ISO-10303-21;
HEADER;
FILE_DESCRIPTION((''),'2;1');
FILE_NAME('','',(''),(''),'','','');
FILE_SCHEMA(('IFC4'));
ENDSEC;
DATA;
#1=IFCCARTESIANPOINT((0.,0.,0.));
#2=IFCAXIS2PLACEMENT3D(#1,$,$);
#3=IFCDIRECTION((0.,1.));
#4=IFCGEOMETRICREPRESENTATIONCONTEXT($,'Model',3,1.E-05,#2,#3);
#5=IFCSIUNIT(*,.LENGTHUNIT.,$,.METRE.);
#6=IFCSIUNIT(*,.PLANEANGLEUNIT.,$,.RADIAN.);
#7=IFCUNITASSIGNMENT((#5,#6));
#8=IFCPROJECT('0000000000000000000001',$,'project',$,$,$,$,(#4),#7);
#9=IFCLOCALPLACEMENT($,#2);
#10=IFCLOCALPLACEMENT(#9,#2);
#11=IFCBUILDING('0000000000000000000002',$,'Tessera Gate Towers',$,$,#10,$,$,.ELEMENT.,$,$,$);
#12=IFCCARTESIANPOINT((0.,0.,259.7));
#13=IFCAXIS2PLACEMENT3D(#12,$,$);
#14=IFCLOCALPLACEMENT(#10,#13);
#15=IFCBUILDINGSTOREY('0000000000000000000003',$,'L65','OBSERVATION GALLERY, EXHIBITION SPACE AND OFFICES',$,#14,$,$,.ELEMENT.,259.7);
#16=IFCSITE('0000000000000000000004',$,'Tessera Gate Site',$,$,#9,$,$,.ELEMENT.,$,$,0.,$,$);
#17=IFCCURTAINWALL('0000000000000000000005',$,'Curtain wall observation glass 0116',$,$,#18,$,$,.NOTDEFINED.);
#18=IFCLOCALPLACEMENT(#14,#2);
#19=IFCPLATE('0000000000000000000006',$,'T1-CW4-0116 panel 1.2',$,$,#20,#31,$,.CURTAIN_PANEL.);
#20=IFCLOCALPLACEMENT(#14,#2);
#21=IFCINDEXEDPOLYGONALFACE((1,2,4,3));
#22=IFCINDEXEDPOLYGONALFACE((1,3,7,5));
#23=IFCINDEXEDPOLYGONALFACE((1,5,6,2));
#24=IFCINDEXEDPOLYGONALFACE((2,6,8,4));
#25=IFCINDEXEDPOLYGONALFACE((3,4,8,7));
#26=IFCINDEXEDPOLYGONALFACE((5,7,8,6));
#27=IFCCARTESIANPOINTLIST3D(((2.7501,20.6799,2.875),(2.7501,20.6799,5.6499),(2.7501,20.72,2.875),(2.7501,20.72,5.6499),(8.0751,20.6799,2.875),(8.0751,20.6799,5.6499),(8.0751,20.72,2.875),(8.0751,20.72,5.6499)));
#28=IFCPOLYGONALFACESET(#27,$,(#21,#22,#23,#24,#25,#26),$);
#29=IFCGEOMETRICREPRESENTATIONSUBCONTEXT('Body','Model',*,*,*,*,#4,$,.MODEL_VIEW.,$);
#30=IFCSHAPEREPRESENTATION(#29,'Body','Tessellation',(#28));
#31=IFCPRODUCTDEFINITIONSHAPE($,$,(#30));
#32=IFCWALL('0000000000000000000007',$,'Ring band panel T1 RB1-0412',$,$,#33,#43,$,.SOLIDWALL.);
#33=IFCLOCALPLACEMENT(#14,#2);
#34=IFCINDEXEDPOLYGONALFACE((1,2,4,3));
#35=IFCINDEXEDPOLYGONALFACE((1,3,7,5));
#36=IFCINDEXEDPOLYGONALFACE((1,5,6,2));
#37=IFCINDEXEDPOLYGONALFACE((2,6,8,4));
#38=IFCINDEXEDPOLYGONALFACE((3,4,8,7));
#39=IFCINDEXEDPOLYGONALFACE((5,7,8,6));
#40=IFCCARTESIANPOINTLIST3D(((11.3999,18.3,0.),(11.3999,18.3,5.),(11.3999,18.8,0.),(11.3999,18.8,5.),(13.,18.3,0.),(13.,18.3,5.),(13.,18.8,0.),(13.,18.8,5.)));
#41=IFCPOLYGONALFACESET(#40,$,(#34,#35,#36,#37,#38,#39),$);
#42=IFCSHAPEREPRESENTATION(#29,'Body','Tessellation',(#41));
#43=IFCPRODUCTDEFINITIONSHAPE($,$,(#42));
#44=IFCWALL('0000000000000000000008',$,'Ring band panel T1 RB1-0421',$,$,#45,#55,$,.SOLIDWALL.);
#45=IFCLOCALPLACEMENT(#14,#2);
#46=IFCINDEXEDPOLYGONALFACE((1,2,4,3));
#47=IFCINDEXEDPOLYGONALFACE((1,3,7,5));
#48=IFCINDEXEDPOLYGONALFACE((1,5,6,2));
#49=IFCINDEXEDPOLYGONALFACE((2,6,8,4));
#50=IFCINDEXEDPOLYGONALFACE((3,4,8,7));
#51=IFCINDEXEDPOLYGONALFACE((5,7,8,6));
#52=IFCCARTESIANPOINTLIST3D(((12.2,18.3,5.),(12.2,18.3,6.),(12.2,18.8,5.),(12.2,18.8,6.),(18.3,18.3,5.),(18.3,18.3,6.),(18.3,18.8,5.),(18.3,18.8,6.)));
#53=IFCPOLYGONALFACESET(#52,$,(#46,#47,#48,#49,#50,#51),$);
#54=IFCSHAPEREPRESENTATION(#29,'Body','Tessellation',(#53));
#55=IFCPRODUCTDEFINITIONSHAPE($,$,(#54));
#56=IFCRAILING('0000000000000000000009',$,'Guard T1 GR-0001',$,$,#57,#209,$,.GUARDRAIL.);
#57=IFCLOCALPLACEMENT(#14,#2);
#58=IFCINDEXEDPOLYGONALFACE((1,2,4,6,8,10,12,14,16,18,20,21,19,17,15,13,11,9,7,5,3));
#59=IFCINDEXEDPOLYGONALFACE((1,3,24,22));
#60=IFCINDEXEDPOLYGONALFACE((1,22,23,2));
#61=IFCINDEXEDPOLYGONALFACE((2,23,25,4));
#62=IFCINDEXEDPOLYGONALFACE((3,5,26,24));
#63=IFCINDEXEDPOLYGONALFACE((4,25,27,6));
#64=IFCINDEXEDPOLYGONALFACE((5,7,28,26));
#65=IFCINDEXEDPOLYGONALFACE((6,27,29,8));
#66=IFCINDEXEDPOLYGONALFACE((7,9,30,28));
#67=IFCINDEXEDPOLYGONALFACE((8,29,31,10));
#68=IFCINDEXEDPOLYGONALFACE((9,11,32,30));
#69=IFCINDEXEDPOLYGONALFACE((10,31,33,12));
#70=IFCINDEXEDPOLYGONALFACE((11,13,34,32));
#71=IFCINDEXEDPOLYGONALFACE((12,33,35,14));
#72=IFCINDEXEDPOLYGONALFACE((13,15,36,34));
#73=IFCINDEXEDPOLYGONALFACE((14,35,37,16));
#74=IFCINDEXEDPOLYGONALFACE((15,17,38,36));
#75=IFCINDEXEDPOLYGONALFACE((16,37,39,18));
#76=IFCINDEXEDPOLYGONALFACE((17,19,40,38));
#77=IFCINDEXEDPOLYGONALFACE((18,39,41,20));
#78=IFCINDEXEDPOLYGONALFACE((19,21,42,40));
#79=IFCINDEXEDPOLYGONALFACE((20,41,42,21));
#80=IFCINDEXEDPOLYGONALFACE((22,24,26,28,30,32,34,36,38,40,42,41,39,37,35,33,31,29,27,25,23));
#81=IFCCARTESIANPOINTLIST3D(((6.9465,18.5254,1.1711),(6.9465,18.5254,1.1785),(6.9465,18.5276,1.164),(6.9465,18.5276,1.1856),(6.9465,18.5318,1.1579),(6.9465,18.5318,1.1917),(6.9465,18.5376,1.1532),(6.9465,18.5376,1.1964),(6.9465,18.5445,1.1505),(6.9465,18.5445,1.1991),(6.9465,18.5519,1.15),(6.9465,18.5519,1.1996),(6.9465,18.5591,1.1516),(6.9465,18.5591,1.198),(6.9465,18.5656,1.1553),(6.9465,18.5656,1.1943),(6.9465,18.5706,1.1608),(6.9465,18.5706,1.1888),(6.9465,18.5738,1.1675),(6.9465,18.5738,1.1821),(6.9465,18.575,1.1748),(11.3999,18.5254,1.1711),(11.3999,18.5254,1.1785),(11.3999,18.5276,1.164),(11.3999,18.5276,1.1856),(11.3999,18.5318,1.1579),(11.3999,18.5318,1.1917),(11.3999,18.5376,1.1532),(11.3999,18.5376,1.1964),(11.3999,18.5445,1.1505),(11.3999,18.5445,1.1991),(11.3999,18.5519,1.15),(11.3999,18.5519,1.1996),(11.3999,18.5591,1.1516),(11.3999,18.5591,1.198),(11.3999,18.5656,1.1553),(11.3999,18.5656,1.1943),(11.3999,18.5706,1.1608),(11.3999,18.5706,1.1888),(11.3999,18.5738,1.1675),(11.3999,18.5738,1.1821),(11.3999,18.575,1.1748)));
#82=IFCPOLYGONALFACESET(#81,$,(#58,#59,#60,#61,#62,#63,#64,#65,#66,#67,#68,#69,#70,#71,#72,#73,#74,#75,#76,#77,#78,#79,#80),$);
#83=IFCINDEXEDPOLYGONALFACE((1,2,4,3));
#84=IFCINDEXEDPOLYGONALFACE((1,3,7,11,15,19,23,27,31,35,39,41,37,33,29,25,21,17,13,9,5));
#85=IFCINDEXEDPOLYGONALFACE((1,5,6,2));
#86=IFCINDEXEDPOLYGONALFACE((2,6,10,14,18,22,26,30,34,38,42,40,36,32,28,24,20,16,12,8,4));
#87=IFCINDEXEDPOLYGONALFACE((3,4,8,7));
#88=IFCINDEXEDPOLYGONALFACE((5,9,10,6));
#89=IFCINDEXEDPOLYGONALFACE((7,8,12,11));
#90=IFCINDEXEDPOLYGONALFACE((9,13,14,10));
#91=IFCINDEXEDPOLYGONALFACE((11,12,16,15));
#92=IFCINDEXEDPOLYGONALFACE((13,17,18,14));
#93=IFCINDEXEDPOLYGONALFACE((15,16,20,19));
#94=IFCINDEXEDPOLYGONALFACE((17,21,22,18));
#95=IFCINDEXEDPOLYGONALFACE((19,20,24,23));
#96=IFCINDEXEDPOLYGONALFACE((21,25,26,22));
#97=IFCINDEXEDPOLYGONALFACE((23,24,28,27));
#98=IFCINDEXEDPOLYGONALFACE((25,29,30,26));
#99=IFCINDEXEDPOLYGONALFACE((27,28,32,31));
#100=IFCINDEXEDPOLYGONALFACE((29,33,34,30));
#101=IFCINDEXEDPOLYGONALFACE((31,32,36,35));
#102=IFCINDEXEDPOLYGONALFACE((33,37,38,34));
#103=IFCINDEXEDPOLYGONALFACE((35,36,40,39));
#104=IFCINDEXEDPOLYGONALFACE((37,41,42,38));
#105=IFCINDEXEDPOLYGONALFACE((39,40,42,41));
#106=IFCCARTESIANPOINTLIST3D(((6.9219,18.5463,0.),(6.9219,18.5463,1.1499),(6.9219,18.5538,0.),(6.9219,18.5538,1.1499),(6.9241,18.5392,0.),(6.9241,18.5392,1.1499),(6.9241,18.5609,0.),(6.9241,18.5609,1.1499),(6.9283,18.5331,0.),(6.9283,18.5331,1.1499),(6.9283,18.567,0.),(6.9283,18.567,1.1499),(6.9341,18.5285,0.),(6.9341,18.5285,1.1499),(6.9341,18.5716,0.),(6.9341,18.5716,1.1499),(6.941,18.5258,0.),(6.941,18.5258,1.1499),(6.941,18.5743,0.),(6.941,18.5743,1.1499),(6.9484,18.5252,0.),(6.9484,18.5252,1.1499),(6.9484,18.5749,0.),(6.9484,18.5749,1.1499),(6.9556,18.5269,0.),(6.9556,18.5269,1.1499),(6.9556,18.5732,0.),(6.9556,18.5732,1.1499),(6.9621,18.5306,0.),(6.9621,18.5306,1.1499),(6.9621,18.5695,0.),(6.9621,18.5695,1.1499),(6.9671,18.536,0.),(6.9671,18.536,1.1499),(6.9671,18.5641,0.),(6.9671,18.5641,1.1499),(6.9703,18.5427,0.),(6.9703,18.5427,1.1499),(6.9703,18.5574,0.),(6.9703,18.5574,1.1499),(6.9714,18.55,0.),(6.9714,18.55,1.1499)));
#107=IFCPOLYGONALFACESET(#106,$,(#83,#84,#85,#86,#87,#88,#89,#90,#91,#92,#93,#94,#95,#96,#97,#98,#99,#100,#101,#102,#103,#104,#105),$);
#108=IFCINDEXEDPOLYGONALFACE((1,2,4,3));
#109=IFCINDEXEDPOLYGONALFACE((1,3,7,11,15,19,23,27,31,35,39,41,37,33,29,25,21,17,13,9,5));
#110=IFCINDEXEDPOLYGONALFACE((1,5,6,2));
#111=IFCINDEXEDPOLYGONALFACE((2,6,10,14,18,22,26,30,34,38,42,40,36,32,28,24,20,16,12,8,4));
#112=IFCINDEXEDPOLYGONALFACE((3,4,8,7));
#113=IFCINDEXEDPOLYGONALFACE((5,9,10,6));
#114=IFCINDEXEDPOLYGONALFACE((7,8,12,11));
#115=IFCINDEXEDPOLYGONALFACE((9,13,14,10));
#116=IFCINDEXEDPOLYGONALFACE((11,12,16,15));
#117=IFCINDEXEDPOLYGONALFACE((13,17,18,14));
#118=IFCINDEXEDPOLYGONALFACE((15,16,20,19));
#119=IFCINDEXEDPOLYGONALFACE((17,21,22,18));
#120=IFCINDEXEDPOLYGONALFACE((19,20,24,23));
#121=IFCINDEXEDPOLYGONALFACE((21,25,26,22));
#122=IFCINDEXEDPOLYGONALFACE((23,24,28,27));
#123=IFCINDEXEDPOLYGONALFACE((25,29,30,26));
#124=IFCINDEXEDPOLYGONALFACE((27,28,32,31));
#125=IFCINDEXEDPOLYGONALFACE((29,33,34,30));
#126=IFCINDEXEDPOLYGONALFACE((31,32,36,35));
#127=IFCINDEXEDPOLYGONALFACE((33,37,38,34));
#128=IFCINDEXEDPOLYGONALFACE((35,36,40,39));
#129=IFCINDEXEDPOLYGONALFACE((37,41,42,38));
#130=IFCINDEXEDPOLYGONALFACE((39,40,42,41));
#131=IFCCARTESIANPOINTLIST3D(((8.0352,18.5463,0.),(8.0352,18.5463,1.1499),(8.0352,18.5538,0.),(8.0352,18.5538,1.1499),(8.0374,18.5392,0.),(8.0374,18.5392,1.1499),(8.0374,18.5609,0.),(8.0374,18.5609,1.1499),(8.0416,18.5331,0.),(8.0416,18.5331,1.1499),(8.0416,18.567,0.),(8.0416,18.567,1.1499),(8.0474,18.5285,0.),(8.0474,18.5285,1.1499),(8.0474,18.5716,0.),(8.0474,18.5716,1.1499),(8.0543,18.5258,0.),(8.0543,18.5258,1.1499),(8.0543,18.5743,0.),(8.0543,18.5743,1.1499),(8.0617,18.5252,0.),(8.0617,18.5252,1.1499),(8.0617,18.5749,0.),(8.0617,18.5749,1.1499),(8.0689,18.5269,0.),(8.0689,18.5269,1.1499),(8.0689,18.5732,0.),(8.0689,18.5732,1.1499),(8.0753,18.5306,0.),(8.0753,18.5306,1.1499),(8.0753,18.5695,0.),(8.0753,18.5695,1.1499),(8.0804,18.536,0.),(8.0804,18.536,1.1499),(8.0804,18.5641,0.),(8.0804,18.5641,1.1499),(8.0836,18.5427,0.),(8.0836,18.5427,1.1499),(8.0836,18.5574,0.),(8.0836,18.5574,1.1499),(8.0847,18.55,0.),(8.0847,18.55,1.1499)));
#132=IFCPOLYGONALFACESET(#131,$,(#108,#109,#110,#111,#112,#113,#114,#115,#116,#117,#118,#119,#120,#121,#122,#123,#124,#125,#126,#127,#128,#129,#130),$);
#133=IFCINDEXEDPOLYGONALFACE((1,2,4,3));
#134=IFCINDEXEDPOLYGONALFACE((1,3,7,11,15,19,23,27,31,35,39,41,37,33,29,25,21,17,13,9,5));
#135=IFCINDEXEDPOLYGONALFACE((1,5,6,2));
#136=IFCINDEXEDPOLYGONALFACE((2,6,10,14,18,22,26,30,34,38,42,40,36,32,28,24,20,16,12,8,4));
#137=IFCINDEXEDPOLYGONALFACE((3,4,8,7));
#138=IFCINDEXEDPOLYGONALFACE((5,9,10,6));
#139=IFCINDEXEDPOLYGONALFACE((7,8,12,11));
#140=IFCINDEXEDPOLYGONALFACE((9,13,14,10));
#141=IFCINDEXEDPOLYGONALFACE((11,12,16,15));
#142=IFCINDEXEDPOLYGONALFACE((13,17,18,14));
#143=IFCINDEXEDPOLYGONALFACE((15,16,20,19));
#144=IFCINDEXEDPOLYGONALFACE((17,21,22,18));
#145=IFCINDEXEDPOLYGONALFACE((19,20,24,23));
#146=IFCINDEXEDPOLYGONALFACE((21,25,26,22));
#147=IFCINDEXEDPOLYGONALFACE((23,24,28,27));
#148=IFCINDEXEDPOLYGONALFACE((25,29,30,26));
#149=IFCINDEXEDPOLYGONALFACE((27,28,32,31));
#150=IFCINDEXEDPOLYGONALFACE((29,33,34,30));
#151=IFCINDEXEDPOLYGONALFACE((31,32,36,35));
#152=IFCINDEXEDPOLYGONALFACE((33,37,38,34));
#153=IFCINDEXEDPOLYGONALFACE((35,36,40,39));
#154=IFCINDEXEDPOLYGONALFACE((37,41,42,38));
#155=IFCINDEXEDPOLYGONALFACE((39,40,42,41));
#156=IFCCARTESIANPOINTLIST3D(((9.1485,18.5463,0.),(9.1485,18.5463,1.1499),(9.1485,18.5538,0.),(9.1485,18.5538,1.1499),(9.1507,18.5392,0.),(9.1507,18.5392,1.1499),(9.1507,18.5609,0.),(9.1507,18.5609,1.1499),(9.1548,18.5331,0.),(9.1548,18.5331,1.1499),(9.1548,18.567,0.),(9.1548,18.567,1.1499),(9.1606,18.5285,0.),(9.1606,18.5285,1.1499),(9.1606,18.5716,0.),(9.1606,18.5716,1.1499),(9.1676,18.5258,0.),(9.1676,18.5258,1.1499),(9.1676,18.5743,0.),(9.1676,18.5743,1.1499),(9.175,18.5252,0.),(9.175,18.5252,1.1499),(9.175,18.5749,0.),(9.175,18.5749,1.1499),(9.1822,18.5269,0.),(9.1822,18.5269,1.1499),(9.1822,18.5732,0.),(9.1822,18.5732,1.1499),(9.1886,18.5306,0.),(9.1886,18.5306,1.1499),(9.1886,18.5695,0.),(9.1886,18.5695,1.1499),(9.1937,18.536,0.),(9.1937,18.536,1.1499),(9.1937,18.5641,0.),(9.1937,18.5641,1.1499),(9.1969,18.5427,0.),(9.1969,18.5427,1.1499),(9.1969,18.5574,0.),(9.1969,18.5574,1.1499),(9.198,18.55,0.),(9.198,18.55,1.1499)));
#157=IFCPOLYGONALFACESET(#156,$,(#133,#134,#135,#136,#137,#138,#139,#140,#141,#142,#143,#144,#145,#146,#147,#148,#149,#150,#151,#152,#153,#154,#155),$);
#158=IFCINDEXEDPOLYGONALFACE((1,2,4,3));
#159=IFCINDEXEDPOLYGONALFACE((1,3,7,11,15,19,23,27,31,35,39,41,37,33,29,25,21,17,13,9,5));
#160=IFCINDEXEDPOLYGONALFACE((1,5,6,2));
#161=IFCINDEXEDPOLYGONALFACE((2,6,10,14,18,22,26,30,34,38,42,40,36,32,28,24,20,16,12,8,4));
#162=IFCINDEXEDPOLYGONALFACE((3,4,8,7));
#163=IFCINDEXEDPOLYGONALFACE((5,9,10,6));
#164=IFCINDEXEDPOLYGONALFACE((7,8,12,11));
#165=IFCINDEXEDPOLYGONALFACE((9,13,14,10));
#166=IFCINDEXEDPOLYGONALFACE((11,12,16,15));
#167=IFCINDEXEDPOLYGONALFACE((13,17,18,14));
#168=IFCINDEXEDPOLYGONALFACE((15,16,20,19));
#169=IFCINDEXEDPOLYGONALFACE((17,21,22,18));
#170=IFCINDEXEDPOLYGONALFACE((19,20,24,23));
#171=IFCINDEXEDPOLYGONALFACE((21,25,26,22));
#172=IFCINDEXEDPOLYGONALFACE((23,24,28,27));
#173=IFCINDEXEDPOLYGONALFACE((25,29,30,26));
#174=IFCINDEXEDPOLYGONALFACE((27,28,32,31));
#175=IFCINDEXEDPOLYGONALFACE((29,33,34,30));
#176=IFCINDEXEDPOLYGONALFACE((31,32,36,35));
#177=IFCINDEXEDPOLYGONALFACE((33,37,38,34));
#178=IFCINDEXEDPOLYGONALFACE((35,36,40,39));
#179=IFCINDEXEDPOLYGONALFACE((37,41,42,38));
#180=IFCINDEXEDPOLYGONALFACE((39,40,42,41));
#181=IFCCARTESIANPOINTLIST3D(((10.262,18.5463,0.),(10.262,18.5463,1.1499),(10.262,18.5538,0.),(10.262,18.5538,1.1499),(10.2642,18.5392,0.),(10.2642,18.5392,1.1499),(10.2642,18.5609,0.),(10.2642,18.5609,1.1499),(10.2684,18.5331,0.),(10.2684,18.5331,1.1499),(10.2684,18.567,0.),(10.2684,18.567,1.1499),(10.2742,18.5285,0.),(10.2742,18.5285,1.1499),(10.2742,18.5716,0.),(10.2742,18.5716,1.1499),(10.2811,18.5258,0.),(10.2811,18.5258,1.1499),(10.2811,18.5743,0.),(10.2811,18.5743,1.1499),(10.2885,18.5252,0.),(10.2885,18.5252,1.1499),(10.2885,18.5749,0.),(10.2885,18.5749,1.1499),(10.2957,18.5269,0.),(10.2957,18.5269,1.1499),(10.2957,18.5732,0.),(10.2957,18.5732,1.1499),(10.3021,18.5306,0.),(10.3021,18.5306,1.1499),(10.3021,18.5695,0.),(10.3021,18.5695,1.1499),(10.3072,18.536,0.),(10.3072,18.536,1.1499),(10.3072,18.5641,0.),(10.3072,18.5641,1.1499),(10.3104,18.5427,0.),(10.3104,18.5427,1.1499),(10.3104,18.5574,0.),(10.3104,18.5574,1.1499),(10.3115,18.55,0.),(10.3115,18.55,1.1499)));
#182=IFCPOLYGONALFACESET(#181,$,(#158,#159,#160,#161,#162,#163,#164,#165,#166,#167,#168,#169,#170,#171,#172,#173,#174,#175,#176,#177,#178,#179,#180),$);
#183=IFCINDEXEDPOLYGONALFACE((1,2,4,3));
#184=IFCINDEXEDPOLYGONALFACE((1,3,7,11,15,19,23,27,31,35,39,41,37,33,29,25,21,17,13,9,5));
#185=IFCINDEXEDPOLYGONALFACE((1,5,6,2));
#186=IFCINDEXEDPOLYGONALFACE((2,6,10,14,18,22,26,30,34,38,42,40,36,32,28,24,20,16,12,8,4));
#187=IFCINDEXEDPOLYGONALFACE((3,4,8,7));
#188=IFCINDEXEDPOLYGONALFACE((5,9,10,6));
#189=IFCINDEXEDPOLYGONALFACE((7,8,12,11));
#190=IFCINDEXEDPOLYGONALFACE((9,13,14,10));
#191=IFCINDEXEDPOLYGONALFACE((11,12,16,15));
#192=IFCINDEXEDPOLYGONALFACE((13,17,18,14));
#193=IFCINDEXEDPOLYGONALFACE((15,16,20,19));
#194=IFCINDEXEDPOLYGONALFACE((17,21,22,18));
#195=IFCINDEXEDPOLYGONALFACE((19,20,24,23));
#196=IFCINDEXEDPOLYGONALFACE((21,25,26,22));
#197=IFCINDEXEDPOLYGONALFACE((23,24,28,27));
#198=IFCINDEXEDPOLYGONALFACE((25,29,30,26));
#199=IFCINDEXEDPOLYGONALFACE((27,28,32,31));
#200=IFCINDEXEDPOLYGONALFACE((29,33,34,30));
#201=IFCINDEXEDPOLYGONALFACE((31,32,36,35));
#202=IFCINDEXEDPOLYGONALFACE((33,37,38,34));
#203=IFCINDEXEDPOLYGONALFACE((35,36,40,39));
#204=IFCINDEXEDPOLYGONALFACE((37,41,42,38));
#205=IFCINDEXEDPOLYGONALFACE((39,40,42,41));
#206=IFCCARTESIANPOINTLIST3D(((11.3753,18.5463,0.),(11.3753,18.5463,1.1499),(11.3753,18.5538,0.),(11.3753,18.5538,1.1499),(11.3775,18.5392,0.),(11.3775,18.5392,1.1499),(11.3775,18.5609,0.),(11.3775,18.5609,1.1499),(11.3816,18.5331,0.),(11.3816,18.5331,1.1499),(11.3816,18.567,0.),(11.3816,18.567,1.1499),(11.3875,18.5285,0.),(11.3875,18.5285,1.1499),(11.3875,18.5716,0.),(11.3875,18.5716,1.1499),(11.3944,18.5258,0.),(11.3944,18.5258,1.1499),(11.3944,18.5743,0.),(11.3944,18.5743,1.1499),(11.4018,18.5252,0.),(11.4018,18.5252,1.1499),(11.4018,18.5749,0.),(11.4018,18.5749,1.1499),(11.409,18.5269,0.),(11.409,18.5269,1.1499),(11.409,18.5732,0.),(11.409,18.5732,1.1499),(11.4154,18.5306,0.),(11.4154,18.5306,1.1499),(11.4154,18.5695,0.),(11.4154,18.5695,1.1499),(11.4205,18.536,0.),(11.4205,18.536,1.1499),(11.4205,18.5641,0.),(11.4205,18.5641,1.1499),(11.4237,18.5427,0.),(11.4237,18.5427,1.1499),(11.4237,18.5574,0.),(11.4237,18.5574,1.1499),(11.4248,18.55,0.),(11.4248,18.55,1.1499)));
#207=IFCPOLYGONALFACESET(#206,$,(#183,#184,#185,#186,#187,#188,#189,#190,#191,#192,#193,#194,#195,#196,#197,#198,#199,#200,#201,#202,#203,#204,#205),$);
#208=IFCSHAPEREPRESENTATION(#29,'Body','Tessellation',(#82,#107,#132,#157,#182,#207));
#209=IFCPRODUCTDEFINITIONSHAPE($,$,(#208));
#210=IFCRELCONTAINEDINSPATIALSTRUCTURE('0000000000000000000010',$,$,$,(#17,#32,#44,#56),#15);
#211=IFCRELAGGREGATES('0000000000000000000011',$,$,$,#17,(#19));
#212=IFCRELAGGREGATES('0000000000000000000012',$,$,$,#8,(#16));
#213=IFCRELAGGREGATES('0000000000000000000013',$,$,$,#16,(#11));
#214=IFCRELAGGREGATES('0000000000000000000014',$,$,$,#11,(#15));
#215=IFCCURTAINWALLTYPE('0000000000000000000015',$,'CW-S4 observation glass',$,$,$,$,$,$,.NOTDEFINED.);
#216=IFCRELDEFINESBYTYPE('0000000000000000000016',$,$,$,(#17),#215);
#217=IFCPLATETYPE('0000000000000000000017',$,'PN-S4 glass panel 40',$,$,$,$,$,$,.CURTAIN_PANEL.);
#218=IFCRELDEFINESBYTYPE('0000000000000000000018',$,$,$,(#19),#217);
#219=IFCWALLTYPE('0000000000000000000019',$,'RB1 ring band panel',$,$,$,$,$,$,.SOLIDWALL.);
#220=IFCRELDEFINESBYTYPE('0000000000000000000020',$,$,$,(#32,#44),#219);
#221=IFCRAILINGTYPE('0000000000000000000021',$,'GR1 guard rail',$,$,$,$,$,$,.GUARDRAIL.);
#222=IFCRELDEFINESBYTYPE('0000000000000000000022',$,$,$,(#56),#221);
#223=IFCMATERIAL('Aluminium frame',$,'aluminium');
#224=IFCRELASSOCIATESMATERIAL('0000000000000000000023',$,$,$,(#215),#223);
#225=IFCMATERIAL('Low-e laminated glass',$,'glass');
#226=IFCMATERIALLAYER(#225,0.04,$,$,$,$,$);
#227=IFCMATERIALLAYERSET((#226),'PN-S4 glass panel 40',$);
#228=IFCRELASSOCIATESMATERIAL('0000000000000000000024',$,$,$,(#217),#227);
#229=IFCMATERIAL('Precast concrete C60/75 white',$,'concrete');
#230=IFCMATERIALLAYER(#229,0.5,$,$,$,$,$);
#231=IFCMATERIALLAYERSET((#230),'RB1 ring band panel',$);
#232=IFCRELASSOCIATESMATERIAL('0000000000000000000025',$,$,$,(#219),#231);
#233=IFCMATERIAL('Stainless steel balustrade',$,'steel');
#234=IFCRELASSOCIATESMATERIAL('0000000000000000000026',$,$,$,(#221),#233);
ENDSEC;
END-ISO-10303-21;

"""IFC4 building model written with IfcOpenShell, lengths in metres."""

from ifc_helpers import new_model, si_unit, direction, frame, origin, origin_2d, place, context, subcontext, project, spatial, polyline, rectangle, circle, outline, extrude, source, transform, mapped, material, layer, layer_set, type_object, element, aggregate, save


model = new_model("IFC4")

# Units and contexts
model_context = context("Model", 3, precision=1e-05, world=origin(), true_north=direction((0.0, 1.0)))
body_context = subcontext(model_context, "Body", "Model", "MODEL_VIEW")
ifc_project = project(units=[si_unit("LENGTHUNIT", "METRE"), si_unit("PLANEANGLEUNIT", "RADIAN")], contexts=[model_context])

# Site, building, storey
site_placement = place(None, origin())
site = spatial("IfcSite", under=ifc_project, at=site_placement, Name="Tessera Gate Site", CompositionType="ELEMENT", RefElevation=0.0)
building_placement = place(site_placement, origin())
building = spatial("IfcBuilding", under=site, at=building_placement, Name="Tessera Gate Towers", CompositionType="ELEMENT")
storey_placement = place(building_placement, frame((0.0, 0.0, 259.7)))
storey = spatial("IfcBuildingStorey", under=building, at=storey_placement, Name="L65", Description="OBSERVATION GALLERY, EXHIBITION SPACE AND OFFICES", CompositionType="ELEMENT", Elevation=259.7)

# Curtain wall
ifc_material_1 = material(Name="Aluminium frame", Category="aluminium")
curtain_wall_type = type_object("IfcCurtainWallType", Name="CW-S4 observation glass", PredefinedType="NOTDEFINED", material=ifc_material_1)
curtain_wall_placement = place(storey_placement, origin())
curtain_wall = element("IfcCurtainWall", 1, at=curtain_wall_placement, inside=storey, type_object=curtain_wall_type, Name="Curtain wall observation glass 0116", PredefinedType="NOTDEFINED")

# Plate
ifc_material_2 = material(Name="Low-e laminated glass", Category="glass")
ifc_layer_1 = layer(ifc_material_2, 0.04)
ifc_layer_set_1 = layer_set([ifc_layer_1], Name="PN-S4 glass panel 40")
plate_type = type_object("IfcPlateType", Name="PN-S4 glass panel 40", PredefinedType="CURTAIN_PANEL", material=ifc_layer_set_1)
plate_1_placement = place(storey_placement, frame((5.4126, 20.7, 2.875), z_axis=(0.0, 0.0, 1.0), x_axis=(1.0, 0.0, 0.0)))
plate_1 = element("IfcPlate", 2, at=plate_1_placement, type_object=plate_type, Name="T1-CW4-0116 panel 1.2", PredefinedType="CURTAIN_PANEL", context=body_context, shape_type="SweptSolid", body=[
    extrude(rectangle(XDim=5.325, YDim=0.04, at=origin_2d()), origin(), (0.0, 0.0, 1.0), 2.7749),
])
aggregate(curtain_wall, [plate_1])

# Walls
ifc_material_3 = material(Name="Precast concrete C60/75 white", Category="concrete")
ifc_layer_2 = layer(ifc_material_3, 0.5)
ifc_layer_set_2 = layer_set([ifc_layer_2], Name="RB1 ring band panel")
wall_type = type_object("IfcWallType", Name="RB1 ring band panel", PredefinedType="SOLIDWALL", material=ifc_layer_set_2)
shared_shape_1 = source(origin(), body_context, "Body", "SweptSolid", [
    extrude(outline(polyline([(0.0, 0.0), (1.6001, 0.0), (1.6001, 5.0), (0.0, 5.0), (0.0, 0.0)])), frame((0.0, 0.25, 0.0), z_axis=(0.0, -1.0, 0.0), x_axis=(1.0, 0.0, 0.0)), (0.0, 0.0, 1.0), 0.5),
])
wall_1_placement = place(storey_placement, frame((11.3999, 18.55, 0.0), z_axis=(0.0, 0.0, 1.0), x_axis=(1.0, 0.0, 0.0)))
element("IfcWall", 3, at=wall_1_placement, inside=storey, type_object=wall_type, Name="Ring band panel T1 RB1-0412", PredefinedType="SOLIDWALL", context=body_context, shape_type="MappedRepresentation", body=[
    mapped(shared_shape_1, transform((0.0, 0.0, 0.0), scale=1.0)),
])
shared_shape_2 = source(origin(), body_context, "Body", "SweptSolid", [
    extrude(outline(polyline([(0.0, 0.0), (6.1001, 0.0), (6.1001, 1.0), (0.0, 1.0), (0.0, 0.0)])), frame((0.0, 0.25, 0.0), z_axis=(0.0, -1.0, 0.0), x_axis=(1.0, 0.0, 0.0)), (0.0, 0.0, 1.0), 0.5),
])
wall_2_placement = place(storey_placement, frame((12.2, 18.55, 5.0), z_axis=(0.0, 0.0, 1.0), x_axis=(1.0, 0.0, 0.0)))
element("IfcWall", 4, at=wall_2_placement, inside=storey, type_object=wall_type, Name="Ring band panel T1 RB1-0421", PredefinedType="SOLIDWALL", context=body_context, shape_type="MappedRepresentation", body=[
    mapped(shared_shape_2, transform((0.0, 0.0, 0.0), scale=1.0)),
])

# Railing
ifc_material_4 = material(Name="Stainless steel balustrade", Category="steel")
railing_type = type_object("IfcRailingType", Name="GR1 guard rail", PredefinedType="GUARDRAIL", material=ifc_material_4)
railing_1_placement = place(storey_placement, frame((6.9465, 18.55, 0.0)))
element("IfcRailing", 5, at=railing_1_placement, inside=storey, type_object=railing_type, Name="Guard T1 GR-0001", PredefinedType="GUARDRAIL", context=body_context, shape_type="SweptSolid", body=[
    extrude(circle(Radius=0.0249, at=origin_2d()), frame((0.0, 0.0, 1.1748), z_axis=(1.0, 0.0, 0.0), x_axis=(0.0, 1.0, 0.0)), (0.0, 0.0, 1.0), 4.4534),
    extrude(circle(Radius=0.0249, at=origin_2d()), origin(), (0.0, 0.0, 1.0), 1.1499),
    extrude(circle(Radius=0.0249, at=origin_2d()), frame((1.1133, 0.0, 0.0)), (0.0, 0.0, 1.0), 1.1499),
    extrude(circle(Radius=0.0249, at=origin_2d()), frame((2.2266, 0.0, 0.0)), (0.0, 0.0, 1.0), 1.1499),
    extrude(circle(Radius=0.0249, at=origin_2d()), frame((3.3401, 0.0, 0.0)), (0.0, 0.0, 1.0), 1.1499),
    extrude(circle(Radius=0.0249, at=origin_2d()), frame((4.4534, 0.0, 0.0)), (0.0, 0.0, 1.0), 1.1499),
])

save(model, "model.ifc")
